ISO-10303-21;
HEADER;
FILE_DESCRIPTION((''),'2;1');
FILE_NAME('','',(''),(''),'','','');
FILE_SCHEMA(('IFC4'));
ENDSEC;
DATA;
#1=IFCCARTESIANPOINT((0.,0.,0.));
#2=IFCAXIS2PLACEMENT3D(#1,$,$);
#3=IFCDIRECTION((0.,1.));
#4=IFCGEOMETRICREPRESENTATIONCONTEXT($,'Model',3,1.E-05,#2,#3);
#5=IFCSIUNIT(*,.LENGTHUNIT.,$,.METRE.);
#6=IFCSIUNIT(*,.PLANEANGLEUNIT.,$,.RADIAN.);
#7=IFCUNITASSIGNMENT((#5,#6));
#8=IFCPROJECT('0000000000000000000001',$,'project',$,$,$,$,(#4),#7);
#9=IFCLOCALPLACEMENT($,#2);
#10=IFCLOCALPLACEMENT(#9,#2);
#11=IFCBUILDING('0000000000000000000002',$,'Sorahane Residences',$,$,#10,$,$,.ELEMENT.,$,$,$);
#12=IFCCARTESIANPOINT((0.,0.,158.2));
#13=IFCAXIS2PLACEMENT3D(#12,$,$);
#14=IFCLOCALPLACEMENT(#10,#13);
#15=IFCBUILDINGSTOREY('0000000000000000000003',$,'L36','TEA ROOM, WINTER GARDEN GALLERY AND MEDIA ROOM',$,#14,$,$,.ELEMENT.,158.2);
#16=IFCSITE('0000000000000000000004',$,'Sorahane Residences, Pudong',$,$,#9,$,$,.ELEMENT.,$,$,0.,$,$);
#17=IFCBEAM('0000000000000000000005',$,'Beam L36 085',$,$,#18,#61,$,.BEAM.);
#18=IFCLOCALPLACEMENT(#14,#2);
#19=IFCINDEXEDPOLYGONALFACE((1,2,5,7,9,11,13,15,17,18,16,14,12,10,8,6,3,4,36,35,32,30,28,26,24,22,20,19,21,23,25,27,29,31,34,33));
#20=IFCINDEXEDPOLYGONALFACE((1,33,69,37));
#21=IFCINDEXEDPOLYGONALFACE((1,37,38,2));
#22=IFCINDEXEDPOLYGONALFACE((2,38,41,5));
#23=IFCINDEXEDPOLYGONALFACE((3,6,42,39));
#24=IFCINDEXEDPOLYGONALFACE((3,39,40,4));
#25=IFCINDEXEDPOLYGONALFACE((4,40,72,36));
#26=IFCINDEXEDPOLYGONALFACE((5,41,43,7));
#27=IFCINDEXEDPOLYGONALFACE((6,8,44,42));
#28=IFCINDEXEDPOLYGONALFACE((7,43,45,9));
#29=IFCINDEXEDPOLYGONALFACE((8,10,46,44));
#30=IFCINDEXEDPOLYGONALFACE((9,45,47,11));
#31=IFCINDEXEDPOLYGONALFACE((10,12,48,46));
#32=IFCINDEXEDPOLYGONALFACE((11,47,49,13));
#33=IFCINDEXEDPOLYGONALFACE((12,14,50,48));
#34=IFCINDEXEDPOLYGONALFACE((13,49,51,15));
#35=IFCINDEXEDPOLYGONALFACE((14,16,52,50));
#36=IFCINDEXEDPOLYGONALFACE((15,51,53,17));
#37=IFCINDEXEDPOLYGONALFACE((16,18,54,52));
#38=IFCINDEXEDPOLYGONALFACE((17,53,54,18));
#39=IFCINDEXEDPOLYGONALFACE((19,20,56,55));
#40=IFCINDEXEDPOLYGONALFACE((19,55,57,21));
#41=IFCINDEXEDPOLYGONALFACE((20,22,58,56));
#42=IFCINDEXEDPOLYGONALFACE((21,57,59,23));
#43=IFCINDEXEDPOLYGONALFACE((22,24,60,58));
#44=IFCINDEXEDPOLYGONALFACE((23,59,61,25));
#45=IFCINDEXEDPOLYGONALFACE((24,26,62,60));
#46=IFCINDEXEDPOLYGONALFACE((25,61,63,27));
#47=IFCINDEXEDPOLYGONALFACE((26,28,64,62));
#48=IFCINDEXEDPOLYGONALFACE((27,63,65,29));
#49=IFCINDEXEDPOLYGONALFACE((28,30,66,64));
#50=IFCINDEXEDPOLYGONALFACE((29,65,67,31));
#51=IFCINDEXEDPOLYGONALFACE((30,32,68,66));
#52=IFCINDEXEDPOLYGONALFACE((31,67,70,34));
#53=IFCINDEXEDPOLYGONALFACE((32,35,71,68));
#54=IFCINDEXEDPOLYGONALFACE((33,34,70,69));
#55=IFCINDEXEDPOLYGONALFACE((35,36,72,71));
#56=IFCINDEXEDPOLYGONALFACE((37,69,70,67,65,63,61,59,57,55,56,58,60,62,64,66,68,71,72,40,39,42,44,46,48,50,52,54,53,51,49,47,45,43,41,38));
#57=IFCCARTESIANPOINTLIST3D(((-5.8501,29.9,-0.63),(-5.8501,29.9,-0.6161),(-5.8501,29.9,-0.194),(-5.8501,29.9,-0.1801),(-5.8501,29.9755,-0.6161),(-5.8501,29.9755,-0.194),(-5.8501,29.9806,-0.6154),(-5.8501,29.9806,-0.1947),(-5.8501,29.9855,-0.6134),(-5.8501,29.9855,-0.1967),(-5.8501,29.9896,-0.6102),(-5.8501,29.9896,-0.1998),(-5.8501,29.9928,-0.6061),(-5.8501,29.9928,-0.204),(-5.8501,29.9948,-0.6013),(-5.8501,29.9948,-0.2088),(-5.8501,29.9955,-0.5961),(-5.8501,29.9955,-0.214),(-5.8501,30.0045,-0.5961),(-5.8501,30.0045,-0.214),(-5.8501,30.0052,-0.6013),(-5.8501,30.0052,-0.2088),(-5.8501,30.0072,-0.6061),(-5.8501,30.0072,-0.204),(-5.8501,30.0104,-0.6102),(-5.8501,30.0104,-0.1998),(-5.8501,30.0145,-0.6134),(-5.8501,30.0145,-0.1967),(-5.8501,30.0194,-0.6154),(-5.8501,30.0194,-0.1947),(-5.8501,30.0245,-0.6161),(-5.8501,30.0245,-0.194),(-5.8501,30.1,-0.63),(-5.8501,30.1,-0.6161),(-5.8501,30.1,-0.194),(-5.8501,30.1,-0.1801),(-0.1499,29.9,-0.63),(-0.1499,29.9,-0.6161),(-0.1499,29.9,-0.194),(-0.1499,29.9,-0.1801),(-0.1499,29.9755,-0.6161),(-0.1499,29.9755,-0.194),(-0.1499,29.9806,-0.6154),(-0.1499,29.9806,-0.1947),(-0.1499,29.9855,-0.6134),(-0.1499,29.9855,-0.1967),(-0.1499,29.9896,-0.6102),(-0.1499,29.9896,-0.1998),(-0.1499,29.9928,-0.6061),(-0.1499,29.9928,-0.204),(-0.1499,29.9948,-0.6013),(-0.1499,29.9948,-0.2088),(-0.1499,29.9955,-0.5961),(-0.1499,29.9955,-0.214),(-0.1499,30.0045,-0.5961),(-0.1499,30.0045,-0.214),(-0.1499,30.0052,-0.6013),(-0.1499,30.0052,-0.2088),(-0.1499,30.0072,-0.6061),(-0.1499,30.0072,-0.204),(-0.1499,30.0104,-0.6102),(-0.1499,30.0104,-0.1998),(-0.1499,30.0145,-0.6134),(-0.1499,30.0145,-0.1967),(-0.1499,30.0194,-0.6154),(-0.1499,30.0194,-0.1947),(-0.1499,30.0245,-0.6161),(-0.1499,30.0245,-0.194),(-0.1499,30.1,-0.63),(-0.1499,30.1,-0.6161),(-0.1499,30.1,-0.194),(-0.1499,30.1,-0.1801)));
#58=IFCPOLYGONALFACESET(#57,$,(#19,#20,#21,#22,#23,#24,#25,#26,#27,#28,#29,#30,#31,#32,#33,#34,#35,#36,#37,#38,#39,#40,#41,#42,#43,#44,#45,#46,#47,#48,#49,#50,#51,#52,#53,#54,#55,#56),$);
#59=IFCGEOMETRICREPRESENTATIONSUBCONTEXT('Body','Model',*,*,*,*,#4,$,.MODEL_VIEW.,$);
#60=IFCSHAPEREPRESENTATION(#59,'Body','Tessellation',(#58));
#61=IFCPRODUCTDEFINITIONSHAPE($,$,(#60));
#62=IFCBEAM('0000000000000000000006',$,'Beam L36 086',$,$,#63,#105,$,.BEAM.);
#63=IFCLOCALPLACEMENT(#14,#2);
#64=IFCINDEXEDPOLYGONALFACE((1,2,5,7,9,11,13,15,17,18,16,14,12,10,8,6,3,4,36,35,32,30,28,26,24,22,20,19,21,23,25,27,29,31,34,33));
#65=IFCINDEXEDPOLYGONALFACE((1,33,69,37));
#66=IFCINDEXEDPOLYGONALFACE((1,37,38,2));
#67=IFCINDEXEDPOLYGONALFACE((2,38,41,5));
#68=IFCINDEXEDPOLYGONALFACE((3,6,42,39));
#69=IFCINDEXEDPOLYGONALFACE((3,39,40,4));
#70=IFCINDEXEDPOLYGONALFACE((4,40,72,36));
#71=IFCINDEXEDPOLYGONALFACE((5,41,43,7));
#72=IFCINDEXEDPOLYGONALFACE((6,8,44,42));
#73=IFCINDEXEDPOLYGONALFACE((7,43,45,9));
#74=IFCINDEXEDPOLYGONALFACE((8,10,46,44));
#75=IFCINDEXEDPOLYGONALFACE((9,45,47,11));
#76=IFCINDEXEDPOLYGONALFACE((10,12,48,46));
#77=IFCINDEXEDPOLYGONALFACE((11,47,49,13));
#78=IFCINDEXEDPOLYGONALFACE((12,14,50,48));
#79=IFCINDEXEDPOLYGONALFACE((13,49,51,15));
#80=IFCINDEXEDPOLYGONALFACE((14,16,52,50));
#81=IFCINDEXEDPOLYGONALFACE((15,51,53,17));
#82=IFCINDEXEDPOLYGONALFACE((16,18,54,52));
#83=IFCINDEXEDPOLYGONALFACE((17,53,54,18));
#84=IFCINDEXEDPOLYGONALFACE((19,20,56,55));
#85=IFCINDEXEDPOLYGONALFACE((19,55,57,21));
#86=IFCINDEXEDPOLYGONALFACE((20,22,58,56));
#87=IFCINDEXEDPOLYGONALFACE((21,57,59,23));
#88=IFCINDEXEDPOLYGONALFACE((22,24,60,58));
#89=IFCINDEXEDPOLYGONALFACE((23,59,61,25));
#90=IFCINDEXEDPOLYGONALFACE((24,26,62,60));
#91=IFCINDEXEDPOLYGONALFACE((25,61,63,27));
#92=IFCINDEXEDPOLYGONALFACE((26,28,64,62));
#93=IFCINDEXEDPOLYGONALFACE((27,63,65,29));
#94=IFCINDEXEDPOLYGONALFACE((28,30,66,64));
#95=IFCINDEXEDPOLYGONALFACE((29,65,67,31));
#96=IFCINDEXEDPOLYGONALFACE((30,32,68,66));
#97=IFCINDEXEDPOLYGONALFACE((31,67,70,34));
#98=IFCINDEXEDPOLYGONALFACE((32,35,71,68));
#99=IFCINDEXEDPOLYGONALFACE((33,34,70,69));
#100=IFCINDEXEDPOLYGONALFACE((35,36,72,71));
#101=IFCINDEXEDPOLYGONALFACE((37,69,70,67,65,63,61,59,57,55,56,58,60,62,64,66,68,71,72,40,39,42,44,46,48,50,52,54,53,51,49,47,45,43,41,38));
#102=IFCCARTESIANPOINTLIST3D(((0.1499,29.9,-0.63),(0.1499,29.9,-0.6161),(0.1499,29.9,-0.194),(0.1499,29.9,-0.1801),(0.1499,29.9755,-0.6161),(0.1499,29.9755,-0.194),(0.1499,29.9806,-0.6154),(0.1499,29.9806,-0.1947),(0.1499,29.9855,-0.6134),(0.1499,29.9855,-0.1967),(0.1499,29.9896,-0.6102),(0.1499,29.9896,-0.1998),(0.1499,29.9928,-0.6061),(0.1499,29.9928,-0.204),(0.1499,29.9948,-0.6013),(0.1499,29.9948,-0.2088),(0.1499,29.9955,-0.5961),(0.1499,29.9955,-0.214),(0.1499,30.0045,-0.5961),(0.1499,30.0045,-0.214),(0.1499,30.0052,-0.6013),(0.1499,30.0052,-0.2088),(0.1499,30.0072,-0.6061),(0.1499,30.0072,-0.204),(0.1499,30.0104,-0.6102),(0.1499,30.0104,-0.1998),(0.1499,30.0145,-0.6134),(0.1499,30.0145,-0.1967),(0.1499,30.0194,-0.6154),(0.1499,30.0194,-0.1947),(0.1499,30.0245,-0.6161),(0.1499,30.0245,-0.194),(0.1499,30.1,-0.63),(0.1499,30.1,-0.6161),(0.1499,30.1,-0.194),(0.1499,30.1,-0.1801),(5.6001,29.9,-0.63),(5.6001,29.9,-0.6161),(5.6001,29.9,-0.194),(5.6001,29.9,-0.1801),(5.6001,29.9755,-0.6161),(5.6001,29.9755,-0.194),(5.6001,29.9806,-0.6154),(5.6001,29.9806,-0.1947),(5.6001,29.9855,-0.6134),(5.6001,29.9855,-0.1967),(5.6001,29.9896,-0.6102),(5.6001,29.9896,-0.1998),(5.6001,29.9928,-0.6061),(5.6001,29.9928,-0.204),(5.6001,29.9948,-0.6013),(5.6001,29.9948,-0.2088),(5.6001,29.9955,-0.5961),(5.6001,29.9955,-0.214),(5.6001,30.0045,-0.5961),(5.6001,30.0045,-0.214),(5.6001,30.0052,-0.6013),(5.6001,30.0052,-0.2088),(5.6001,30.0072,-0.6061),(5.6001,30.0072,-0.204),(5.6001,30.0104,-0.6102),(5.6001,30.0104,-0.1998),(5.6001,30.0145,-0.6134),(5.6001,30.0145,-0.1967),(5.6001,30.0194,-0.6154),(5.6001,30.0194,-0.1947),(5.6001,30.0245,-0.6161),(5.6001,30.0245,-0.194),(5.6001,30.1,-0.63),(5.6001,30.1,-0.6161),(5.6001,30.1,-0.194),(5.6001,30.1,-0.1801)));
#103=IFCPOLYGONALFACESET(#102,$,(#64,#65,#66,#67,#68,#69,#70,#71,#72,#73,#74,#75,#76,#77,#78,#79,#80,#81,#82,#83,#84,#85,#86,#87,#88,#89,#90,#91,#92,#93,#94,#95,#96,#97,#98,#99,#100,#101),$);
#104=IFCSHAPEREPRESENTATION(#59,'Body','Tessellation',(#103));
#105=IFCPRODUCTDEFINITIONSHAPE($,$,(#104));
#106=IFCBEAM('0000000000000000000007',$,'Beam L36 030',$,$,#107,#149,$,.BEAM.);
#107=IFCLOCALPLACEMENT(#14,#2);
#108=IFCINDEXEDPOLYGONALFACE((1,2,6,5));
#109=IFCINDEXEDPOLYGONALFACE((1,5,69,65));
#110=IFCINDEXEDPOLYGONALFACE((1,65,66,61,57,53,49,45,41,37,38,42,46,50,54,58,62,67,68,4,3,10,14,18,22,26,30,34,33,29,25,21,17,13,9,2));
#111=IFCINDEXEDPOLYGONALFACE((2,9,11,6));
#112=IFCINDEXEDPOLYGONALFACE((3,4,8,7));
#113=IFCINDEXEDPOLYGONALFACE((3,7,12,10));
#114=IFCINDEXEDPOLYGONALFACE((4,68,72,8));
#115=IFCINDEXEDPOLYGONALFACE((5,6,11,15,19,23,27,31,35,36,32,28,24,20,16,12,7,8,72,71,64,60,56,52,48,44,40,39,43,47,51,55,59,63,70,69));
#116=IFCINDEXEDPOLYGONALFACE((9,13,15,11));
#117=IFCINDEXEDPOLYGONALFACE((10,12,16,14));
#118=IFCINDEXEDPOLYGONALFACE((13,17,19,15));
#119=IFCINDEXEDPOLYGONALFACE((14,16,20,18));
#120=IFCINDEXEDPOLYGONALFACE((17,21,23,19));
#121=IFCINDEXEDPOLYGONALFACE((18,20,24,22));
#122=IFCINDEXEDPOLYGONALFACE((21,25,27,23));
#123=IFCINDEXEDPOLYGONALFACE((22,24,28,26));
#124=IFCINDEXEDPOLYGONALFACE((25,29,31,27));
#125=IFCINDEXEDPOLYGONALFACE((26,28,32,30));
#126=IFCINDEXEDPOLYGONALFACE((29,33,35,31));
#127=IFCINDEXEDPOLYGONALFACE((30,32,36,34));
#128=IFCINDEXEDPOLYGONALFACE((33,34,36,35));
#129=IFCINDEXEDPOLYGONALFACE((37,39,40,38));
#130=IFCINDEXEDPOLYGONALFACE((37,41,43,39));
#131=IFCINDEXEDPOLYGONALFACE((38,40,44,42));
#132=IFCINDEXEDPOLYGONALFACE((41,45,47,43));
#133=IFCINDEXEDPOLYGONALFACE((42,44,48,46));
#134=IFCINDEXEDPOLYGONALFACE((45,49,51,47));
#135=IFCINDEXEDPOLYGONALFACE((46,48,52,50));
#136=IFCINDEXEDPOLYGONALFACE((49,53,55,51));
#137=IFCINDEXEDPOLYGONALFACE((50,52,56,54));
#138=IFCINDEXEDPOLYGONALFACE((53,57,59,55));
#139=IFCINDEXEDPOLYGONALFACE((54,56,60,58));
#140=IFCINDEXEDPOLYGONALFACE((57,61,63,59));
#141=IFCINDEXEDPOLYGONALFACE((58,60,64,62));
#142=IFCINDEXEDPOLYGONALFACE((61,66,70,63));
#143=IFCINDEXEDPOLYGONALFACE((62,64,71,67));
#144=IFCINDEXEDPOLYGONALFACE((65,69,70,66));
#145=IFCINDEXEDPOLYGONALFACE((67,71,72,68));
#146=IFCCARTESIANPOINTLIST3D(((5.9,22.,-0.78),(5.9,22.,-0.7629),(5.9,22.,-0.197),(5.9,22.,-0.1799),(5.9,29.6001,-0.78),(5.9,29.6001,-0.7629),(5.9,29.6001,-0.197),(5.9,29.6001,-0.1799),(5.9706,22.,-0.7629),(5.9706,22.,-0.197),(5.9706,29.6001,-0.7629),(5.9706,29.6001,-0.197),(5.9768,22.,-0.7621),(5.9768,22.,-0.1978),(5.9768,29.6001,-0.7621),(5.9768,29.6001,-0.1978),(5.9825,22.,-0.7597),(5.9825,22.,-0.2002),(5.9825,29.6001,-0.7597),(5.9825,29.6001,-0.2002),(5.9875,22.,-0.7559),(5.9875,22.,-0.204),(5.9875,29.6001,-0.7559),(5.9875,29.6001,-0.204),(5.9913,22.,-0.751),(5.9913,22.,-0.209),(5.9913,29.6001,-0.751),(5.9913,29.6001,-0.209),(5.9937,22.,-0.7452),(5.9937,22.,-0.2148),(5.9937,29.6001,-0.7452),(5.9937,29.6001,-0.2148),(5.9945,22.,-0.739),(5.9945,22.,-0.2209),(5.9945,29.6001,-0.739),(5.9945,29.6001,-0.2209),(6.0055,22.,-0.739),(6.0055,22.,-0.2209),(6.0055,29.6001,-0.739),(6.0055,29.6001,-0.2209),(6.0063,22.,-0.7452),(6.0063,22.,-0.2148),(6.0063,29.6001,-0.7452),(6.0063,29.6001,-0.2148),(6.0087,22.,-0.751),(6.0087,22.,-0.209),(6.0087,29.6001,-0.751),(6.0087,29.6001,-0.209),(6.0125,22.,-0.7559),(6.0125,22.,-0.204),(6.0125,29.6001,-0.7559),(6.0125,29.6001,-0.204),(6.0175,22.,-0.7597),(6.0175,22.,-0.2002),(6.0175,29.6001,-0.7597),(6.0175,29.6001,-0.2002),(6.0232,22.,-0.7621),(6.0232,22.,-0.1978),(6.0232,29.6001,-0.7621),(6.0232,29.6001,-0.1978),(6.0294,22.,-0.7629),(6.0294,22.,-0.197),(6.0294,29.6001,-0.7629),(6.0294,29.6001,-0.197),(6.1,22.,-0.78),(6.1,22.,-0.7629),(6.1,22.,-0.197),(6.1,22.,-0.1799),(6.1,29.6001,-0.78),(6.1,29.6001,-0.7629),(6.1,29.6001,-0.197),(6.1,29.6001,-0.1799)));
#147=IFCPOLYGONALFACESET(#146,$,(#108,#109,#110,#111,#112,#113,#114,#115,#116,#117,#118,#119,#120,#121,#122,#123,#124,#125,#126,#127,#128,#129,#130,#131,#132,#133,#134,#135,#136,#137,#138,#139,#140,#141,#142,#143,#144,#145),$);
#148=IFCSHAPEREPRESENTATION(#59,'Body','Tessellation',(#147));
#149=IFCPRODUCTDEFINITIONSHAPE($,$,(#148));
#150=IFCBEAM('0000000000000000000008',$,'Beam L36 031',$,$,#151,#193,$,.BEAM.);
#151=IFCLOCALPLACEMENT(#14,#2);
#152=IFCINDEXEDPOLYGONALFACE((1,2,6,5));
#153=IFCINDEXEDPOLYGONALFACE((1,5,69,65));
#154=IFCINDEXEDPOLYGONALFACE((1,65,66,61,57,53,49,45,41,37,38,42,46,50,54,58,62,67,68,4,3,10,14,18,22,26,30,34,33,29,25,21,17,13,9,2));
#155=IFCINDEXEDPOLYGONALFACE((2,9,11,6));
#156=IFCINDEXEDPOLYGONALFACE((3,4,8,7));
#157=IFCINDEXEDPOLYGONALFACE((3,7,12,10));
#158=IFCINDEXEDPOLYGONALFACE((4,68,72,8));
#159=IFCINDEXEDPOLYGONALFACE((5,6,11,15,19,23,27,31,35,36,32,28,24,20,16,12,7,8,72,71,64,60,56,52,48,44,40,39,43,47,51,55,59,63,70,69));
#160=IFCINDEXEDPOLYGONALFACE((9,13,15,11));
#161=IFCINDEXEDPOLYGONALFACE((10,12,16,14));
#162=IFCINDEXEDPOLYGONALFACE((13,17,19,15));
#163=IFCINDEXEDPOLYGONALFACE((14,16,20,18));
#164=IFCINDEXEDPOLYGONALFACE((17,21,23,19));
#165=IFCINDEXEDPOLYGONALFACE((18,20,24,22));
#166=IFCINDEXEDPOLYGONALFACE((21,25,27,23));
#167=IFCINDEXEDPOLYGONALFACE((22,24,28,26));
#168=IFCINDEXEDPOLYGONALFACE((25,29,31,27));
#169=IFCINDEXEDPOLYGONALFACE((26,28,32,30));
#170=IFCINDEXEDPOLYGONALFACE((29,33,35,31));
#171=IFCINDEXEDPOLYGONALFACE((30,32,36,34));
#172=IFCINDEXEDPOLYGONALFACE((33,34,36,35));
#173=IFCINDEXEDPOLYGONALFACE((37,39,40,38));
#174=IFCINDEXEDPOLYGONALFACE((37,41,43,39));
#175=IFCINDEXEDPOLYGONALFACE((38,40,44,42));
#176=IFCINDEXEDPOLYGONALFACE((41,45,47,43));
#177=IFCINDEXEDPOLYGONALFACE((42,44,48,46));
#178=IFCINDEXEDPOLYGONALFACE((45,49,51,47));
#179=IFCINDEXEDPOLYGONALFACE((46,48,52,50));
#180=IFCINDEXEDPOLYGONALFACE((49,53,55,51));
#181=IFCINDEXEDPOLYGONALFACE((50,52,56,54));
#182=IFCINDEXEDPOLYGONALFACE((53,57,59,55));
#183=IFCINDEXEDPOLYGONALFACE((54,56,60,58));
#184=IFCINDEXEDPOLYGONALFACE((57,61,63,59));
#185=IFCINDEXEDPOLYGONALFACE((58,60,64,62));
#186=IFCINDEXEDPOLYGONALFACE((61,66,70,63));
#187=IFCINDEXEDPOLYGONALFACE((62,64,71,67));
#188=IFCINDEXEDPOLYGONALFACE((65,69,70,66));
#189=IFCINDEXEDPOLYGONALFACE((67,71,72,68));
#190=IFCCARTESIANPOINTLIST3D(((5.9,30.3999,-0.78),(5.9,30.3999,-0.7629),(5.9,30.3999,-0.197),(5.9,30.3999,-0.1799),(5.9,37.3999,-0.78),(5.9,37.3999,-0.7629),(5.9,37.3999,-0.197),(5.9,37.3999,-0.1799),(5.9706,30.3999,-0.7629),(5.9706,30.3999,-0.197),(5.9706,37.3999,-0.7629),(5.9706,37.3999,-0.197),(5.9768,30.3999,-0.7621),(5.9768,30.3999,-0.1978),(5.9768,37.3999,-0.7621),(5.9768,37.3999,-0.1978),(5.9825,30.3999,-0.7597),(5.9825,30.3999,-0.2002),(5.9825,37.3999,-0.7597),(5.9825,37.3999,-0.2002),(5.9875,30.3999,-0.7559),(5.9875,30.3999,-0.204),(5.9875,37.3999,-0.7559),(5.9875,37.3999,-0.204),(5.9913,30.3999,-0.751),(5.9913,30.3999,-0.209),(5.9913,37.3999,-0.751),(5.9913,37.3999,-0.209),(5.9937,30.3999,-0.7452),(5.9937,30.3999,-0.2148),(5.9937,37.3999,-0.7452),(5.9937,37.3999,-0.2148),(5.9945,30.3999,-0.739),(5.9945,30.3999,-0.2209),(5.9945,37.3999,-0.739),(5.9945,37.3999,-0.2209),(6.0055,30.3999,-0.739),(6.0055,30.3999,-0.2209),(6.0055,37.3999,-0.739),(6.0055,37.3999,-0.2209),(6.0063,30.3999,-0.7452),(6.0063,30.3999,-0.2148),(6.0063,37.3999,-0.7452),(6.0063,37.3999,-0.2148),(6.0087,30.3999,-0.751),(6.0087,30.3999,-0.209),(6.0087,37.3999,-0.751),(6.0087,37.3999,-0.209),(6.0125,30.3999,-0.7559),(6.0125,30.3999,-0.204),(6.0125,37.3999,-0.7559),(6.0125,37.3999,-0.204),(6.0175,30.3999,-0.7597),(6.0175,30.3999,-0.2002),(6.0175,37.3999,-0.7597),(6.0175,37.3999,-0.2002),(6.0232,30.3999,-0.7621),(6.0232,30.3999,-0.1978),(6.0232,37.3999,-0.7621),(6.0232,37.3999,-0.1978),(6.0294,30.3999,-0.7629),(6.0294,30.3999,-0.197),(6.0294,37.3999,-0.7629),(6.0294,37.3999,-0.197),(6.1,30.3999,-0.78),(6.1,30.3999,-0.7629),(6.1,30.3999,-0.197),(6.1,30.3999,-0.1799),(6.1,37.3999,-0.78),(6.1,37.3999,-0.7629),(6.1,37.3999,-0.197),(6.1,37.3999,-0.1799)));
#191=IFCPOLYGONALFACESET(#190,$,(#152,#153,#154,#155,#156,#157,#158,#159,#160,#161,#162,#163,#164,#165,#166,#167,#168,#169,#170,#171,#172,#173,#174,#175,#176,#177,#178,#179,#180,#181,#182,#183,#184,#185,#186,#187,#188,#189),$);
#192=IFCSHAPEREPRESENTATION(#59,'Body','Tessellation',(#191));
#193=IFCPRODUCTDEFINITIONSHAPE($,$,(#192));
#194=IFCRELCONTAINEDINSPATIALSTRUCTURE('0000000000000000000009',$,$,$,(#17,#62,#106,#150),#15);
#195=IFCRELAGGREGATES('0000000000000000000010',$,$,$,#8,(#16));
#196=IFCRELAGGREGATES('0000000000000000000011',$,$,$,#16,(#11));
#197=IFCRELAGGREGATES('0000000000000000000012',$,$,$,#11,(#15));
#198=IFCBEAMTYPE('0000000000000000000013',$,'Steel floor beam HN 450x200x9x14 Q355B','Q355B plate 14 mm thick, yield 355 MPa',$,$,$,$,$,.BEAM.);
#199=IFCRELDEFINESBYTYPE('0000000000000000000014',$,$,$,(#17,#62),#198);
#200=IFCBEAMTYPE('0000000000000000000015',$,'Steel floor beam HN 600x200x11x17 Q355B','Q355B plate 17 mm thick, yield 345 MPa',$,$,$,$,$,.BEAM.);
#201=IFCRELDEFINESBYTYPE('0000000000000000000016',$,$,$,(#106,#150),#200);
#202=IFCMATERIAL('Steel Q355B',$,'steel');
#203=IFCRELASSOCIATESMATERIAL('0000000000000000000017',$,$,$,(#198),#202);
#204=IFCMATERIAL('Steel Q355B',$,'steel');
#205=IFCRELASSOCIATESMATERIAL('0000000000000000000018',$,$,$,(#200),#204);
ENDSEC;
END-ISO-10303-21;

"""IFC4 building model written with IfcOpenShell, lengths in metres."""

from ifc_helpers import new_model, si_unit, direction, frame, origin, origin_2d, place, context, subcontext, project, spatial, i_section, extrude, material, material_profile, profile_set, type_object, element, save


model = new_model("IFC4")

# Units and contexts
model_context = context("Model", 3, precision=1e-05, world=origin(), true_north=direction((0.0, 1.0)))
body_context = subcontext(model_context, "Body", "Model", "MODEL_VIEW")
ifc_project = project(units=[si_unit("LENGTHUNIT", "METRE"), si_unit("PLANEANGLEUNIT", "RADIAN")], contexts=[model_context])

# Site, building, storey
site_placement = place(None, origin())
site = spatial("IfcSite", under=ifc_project, at=site_placement, Name="Sorahane Residences, Pudong", CompositionType="ELEMENT", RefElevation=0.0)
building_placement = place(site_placement, origin())
building = spatial("IfcBuilding", under=site, at=building_placement, Name="Sorahane Residences", CompositionType="ELEMENT")
storey_placement = place(building_placement, frame((0.0, 0.0, 158.2)))
storey = spatial("IfcBuildingStorey", under=building, at=storey_placement, Name="L36", Description="TEA ROOM, WINTER GARDEN GALLERY AND MEDIA ROOM", CompositionType="ELEMENT", Elevation=158.2)

# Beams
ifc_material_1 = material(Name="Steel Q355B", Category="steel")
ifc_material_profile_1 = material_profile(ifc_material_1, i_section(OverallWidth=0.2, OverallDepth=0.45, WebThickness=0.009, FlangeThickness=0.0139, FilletRadius=0.02, at=origin_2d()), Name="HN 450x200x9x14")
ifc_profile_set_1 = profile_set([ifc_material_profile_1], Name="Steel Q355B")
beam_type_1 = type_object("IfcBeamType", Name="Steel floor beam HN 450x200x9x14 Q355B", Description="Q355B plate 14 mm thick, yield 355 MPa", PredefinedType="BEAM", material=ifc_profile_set_1)
beam_1_placement = place(storey_placement, frame((-5.8501, 30.0, -0.405), z_axis=(1.0, 0.0, 0.0), x_axis=(0.0, 1.0, 0.0)))
element("IfcBeam", 1, at=beam_1_placement, inside=storey, type_object=beam_type_1, Name="Beam L36 085", PredefinedType="BEAM", context=body_context, shape_type="SweptSolid", body=[
    extrude(i_section(OverallWidth=0.2, OverallDepth=0.45, WebThickness=0.009, FlangeThickness=0.0139, FilletRadius=0.02, at=origin_2d()), origin(), (0.0, 0.0, 1.0), 5.7002),
])
beam_2_placement = place(storey_placement, frame((0.1499, 30.0, -0.405), z_axis=(1.0, 0.0, 0.0), x_axis=(0.0, 1.0, 0.0)))
element("IfcBeam", 2, at=beam_2_placement, inside=storey, type_object=beam_type_1, Name="Beam L36 086", PredefinedType="BEAM", context=body_context, shape_type="SweptSolid", body=[
    extrude(i_section(OverallWidth=0.2, OverallDepth=0.45, WebThickness=0.009, FlangeThickness=0.0139, FilletRadius=0.02, at=origin_2d()), origin(), (0.0, 0.0, 1.0), 5.4502),
])
ifc_material_2 = material(Name="Steel Q355B", Category="steel")
ifc_material_profile_2 = material_profile(ifc_material_2, i_section(OverallWidth=0.2, OverallDepth=0.6001, WebThickness=0.011, FlangeThickness=0.0171, FilletRadius=0.0239, at=origin_2d()), Name="HN 600x200x11x17")
ifc_profile_set_2 = profile_set([ifc_material_profile_2], Name="Steel Q355B")
beam_type_2 = type_object("IfcBeamType", Name="Steel floor beam HN 600x200x11x17 Q355B", Description="Q355B plate 17 mm thick, yield 345 MPa", PredefinedType="BEAM", material=ifc_profile_set_2)
beam_3_placement = place(storey_placement, frame((6.0, 22.0, -0.48), z_axis=(0.0, 1.0, 0.0), x_axis=(-1.0, 0.0, 0.0)))
element("IfcBeam", 3, at=beam_3_placement, inside=storey, type_object=beam_type_2, Name="Beam L36 030", PredefinedType="BEAM", context=body_context, shape_type="SweptSolid", body=[
    extrude(i_section(OverallWidth=0.2, OverallDepth=0.6001, WebThickness=0.011, FlangeThickness=0.0171, FilletRadius=0.0239, at=origin_2d()), origin(), (0.0, 0.0, 1.0), 7.6001),
])
beam_4_placement = place(storey_placement, frame((6.0, 30.3999, -0.48), z_axis=(0.0, 1.0, 0.0), x_axis=(-1.0, 0.0, 0.0)))
element("IfcBeam", 4, at=beam_4_placement, inside=storey, type_object=beam_type_2, Name="Beam L36 031", PredefinedType="BEAM", context=body_context, shape_type="SweptSolid", body=[
    extrude(i_section(OverallWidth=0.2, OverallDepth=0.6001, WebThickness=0.011, FlangeThickness=0.0171, FilletRadius=0.0239, at=origin_2d()), origin(), (0.0, 0.0, 1.0), 7.0),
])

save(model, "model.ifc")
